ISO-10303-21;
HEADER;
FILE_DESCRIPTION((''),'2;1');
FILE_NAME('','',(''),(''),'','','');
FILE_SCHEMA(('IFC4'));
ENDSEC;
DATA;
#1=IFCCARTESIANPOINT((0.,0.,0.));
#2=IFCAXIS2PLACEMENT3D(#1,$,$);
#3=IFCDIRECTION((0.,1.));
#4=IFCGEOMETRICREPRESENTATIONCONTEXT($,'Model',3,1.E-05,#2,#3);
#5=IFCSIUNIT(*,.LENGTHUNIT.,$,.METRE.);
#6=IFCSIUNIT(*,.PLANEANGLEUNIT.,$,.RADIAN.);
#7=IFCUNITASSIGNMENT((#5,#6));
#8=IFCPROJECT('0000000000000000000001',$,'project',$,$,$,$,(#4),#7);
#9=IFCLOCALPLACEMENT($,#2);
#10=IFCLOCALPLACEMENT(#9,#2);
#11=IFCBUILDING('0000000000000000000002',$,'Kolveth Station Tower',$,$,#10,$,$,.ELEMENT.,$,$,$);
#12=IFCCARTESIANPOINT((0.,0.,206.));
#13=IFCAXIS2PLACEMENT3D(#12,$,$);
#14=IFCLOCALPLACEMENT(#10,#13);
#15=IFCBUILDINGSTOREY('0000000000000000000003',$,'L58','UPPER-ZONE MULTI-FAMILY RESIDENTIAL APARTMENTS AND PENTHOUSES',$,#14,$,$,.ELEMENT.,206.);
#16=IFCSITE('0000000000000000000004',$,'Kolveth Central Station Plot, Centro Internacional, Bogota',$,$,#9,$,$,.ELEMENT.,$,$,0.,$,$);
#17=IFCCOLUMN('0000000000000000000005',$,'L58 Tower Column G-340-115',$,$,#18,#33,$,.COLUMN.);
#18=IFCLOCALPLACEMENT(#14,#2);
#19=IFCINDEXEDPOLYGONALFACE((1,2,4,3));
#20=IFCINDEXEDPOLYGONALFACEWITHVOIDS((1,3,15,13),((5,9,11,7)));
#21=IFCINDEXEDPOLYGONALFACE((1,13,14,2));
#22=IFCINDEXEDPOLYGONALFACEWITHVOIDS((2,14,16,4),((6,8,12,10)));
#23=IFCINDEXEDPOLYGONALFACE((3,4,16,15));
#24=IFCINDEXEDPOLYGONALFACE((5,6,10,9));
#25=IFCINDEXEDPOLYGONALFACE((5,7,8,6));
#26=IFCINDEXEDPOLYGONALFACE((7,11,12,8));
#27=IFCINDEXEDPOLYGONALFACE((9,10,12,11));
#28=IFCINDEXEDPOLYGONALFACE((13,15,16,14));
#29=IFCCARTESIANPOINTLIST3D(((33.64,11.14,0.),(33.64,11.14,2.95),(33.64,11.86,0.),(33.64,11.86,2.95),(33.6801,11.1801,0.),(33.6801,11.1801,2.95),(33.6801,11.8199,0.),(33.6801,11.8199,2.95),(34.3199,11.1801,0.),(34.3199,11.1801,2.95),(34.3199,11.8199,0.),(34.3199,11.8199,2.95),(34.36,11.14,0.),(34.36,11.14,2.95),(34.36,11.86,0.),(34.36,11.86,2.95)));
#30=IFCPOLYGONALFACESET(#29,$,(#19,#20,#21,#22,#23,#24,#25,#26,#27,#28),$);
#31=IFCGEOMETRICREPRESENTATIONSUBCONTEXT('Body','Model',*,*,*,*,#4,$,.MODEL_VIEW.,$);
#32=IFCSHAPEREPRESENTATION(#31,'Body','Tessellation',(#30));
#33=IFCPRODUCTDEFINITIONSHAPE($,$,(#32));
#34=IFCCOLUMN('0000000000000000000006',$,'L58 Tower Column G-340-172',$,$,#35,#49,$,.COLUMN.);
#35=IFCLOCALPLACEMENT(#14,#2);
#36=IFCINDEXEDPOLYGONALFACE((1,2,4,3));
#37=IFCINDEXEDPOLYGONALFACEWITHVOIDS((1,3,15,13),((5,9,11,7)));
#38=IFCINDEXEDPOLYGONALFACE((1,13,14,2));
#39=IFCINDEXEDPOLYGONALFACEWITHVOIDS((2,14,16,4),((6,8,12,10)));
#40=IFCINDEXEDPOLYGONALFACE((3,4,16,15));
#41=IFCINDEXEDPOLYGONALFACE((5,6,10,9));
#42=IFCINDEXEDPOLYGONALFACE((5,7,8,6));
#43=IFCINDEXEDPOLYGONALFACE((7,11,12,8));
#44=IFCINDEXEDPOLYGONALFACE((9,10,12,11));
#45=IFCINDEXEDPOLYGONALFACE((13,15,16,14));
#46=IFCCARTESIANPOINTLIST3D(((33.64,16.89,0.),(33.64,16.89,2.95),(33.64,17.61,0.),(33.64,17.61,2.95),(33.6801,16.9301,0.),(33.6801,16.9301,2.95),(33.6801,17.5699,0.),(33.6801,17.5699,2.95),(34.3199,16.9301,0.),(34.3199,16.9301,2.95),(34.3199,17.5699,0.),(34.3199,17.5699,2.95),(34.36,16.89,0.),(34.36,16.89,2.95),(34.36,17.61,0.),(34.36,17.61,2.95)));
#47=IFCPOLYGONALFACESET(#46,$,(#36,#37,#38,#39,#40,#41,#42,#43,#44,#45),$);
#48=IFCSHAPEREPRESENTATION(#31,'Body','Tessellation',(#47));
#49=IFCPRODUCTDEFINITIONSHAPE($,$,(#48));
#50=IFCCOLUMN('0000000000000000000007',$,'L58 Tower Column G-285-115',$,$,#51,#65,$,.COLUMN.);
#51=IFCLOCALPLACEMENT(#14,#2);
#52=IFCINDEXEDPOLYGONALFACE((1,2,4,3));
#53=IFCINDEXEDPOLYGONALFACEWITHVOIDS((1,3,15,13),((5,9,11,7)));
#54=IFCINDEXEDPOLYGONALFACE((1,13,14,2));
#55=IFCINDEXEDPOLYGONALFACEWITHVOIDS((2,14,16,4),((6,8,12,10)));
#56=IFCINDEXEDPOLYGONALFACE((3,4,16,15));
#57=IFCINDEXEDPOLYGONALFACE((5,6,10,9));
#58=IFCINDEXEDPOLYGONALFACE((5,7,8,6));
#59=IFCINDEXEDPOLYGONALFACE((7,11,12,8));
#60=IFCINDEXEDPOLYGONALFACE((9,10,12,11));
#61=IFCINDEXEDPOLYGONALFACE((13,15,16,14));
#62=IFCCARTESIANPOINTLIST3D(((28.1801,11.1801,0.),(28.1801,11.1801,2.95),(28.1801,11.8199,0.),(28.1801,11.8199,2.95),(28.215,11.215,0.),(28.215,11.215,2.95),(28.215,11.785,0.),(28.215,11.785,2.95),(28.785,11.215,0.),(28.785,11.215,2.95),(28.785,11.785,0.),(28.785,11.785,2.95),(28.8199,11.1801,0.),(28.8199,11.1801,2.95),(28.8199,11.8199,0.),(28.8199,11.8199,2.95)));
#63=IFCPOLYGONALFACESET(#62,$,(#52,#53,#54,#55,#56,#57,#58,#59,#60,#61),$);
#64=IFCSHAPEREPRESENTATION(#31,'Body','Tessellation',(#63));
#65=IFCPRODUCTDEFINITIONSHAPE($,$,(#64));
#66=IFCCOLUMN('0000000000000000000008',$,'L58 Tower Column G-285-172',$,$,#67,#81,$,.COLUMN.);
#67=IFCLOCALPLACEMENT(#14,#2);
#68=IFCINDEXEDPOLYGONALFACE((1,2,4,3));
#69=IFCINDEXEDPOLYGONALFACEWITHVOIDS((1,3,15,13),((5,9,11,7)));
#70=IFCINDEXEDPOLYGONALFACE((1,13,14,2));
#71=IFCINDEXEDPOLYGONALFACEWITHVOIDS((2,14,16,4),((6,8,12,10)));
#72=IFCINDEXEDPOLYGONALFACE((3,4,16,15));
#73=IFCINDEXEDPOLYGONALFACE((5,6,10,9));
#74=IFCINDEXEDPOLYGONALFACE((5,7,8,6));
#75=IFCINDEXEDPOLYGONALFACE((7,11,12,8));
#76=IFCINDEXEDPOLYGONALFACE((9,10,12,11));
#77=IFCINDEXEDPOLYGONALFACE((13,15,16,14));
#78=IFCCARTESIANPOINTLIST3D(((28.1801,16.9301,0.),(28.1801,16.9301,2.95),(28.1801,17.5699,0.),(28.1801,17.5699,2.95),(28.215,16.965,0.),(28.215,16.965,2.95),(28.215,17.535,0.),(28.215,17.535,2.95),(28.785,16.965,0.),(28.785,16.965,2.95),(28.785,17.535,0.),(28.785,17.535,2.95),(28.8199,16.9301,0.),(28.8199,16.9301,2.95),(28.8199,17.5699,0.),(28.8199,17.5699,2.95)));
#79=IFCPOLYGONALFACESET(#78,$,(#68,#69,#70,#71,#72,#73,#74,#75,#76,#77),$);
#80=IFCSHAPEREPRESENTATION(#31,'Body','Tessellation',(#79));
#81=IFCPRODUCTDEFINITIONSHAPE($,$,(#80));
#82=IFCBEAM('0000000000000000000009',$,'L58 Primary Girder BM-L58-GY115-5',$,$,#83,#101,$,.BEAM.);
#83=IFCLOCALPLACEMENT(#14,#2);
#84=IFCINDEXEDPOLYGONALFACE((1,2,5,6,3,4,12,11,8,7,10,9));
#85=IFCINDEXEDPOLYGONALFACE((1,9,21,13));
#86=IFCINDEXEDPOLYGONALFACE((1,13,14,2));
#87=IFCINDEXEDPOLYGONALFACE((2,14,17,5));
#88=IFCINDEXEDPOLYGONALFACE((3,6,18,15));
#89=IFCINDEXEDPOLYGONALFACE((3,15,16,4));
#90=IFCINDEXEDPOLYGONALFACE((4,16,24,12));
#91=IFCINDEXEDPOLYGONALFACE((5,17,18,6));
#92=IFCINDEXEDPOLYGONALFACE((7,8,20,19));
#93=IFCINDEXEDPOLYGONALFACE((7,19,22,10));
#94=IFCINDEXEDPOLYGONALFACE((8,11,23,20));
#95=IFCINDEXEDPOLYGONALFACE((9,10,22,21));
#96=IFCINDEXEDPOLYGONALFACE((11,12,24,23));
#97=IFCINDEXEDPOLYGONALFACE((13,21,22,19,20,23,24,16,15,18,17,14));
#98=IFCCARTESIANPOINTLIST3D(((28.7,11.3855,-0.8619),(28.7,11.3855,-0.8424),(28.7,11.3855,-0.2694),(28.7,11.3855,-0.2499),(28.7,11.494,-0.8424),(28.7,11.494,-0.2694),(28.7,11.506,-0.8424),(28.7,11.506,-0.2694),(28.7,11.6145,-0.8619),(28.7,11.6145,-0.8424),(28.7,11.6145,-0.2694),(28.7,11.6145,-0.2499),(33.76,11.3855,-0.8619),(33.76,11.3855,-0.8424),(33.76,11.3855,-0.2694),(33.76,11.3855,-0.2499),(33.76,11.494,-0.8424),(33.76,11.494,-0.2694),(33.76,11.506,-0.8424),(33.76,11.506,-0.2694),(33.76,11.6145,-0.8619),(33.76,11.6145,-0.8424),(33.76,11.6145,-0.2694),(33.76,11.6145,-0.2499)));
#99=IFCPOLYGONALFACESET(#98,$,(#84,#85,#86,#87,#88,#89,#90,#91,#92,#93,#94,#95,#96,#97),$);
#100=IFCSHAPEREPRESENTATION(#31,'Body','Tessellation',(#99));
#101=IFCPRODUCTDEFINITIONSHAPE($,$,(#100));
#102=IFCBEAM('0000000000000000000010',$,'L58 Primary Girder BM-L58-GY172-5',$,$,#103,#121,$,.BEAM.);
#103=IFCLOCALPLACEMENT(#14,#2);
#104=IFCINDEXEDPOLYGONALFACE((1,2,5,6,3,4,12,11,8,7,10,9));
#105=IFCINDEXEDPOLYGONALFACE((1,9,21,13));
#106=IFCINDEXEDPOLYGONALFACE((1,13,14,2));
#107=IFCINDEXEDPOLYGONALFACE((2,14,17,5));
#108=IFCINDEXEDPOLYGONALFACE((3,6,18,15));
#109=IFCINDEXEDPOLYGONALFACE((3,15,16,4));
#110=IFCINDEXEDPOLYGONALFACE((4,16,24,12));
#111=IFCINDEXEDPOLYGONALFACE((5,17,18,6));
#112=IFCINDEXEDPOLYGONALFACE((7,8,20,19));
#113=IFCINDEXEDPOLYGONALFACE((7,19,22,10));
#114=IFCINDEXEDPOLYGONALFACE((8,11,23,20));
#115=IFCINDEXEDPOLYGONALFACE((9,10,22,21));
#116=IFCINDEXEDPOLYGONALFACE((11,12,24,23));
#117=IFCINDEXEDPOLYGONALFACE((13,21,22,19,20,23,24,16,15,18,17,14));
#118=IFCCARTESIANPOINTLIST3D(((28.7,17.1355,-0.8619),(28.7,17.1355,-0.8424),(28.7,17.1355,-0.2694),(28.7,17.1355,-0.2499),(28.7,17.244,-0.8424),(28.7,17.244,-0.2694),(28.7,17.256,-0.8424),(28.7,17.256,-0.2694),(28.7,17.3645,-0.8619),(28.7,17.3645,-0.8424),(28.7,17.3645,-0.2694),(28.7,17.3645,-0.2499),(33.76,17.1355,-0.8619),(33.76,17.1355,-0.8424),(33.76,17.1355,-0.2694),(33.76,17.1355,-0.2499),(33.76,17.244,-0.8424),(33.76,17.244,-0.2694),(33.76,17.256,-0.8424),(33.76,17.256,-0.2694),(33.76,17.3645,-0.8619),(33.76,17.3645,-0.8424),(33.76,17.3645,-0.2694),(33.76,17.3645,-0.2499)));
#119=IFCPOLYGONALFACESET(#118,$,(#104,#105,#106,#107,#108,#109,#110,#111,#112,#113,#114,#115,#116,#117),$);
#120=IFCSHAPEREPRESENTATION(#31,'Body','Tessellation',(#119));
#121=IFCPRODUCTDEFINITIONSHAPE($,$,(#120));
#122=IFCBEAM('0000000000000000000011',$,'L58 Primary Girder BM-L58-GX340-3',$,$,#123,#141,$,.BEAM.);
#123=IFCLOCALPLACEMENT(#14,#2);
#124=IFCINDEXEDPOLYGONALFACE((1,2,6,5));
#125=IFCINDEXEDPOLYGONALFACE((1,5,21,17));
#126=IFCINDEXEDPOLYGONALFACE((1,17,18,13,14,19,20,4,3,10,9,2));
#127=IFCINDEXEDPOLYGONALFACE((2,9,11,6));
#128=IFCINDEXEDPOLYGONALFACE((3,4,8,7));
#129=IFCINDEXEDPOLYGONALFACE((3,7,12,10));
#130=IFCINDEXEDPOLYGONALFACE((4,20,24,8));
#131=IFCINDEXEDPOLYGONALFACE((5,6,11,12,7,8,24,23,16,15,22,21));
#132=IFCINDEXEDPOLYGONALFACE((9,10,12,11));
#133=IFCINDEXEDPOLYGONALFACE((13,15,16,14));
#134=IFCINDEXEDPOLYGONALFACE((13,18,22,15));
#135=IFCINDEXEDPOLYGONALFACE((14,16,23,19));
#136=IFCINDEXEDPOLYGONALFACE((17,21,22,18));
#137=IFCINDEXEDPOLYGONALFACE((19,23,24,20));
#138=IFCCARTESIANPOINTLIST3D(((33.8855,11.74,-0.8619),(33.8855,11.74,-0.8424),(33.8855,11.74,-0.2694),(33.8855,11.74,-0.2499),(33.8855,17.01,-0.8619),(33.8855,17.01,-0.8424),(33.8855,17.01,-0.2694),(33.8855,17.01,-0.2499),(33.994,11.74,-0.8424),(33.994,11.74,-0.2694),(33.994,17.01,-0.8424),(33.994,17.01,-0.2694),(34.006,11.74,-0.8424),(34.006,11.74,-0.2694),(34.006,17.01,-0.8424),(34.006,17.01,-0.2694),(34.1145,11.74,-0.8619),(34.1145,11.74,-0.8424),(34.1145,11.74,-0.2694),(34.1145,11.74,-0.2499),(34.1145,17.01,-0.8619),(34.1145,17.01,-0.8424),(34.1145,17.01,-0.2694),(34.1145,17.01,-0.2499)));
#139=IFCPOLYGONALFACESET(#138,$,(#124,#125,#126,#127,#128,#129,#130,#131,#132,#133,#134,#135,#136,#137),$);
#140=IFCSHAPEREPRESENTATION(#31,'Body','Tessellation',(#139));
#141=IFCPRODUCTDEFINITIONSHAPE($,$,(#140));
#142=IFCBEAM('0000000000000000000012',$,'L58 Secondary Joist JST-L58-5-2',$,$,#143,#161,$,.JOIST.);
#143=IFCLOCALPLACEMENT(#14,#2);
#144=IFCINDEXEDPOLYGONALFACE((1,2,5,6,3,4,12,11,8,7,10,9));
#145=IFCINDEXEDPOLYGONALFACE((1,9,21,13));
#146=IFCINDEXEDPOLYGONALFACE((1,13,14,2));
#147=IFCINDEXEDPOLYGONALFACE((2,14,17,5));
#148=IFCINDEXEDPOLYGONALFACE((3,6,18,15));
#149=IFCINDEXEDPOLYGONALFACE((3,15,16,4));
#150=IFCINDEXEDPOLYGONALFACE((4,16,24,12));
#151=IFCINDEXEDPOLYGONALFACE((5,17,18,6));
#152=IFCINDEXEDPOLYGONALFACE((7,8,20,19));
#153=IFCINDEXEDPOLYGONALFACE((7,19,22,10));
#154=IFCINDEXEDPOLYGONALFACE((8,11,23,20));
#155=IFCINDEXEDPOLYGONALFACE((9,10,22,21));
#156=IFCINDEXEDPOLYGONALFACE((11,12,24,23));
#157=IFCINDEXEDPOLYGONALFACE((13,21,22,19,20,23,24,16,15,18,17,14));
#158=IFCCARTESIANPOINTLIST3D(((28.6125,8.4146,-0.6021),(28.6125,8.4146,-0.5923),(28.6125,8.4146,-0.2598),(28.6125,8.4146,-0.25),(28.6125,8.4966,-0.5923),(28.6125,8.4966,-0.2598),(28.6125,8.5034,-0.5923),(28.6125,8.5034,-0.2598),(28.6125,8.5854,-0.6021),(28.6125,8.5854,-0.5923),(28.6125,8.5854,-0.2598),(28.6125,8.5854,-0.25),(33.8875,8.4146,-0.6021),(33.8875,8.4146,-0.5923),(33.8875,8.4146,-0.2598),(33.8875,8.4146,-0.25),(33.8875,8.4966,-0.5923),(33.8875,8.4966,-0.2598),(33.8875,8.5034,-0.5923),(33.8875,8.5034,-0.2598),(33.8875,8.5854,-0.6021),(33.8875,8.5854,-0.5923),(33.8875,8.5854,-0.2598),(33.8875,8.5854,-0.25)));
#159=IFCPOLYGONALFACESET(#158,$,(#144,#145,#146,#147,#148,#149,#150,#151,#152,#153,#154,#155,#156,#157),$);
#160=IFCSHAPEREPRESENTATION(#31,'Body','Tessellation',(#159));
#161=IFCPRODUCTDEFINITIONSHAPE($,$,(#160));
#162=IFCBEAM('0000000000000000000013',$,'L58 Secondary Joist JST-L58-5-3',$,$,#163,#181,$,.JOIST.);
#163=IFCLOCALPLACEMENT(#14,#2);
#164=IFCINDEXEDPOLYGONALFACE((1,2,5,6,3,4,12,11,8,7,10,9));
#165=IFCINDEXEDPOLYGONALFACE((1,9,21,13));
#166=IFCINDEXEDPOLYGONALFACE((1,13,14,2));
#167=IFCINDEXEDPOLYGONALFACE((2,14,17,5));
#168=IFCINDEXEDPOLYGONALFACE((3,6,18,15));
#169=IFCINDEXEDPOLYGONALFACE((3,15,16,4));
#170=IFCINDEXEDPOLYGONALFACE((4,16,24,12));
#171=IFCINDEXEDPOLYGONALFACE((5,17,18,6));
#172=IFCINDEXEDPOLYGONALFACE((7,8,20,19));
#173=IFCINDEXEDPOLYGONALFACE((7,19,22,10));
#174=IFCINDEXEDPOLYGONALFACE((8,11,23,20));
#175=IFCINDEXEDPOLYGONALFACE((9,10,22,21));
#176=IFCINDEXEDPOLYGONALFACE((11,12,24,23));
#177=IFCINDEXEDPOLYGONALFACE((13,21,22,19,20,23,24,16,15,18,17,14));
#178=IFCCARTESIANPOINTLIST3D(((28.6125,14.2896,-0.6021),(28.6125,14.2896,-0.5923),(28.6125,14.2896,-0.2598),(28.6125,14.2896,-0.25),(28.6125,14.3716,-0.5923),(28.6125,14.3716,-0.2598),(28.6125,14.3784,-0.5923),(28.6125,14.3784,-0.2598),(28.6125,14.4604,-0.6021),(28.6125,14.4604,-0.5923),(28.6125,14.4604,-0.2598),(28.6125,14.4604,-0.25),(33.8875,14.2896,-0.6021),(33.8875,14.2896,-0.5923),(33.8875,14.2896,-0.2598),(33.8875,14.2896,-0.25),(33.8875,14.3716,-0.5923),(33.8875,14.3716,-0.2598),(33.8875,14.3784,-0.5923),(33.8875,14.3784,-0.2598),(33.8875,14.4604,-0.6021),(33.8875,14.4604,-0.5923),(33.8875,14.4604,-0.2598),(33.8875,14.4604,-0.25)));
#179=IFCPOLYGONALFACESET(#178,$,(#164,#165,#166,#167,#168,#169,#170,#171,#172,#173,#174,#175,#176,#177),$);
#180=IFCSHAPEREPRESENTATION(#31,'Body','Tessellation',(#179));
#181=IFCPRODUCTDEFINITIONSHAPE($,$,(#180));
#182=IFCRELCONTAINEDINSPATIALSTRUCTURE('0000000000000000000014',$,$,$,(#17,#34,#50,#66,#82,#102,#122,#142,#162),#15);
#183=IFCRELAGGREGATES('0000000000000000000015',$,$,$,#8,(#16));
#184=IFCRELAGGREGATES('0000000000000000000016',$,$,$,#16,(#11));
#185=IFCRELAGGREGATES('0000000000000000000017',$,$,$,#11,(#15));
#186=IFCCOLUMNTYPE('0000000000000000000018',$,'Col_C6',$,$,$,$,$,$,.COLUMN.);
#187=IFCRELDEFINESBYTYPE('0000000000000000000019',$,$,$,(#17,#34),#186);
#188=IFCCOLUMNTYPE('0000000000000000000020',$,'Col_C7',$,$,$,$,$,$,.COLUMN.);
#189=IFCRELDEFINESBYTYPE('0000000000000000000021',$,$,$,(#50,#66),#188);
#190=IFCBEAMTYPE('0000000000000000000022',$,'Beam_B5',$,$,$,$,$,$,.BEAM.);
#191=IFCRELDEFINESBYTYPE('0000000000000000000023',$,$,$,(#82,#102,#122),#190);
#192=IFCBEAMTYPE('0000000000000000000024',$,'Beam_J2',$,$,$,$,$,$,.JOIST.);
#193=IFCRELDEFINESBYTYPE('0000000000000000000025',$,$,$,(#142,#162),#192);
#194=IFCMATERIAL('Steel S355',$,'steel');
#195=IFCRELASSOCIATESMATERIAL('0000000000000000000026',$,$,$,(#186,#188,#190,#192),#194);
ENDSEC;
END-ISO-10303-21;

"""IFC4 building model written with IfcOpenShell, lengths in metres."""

from ifc_helpers import new_model, si_unit, direction, frame, origin, origin_2d, place, context, subcontext, project, spatial, hollow_rectangle, i_section, extrude, source, transform, mapped, material, material_profile, profile_set, type_object, element, save


model = new_model("IFC4")

# Units and contexts
model_context = context("Model", 3, precision=1e-05, world=origin(), true_north=direction((0.0, 1.0)))
body_context = subcontext(model_context, "Body", "Model", "MODEL_VIEW")
ifc_project = project(units=[si_unit("LENGTHUNIT", "METRE"), si_unit("PLANEANGLEUNIT", "RADIAN")], contexts=[model_context])

# Site, building, storey
site_placement = place(None, origin())
site = spatial("IfcSite", under=ifc_project, at=site_placement, Name="Kolveth Central Station Plot, Centro Internacional, Bogota", CompositionType="ELEMENT", RefElevation=0.0)
building_placement = place(site_placement, origin())
building = spatial("IfcBuilding", under=site, at=building_placement, Name="Kolveth Station Tower", CompositionType="ELEMENT")
storey_placement = place(building_placement, frame((0.0, 0.0, 206.0)))
storey = spatial("IfcBuildingStorey", under=building, at=storey_placement, Name="L58", Description="UPPER-ZONE MULTI-FAMILY RESIDENTIAL APARTMENTS AND PENTHOUSES", CompositionType="ELEMENT", Elevation=206.0)

# Columns
ifc_material_1 = material(Name="Steel S355", Category="steel")
ifc_material_profile_1 = material_profile(ifc_material_1, hollow_rectangle(XDim=0.72, YDim=0.72, WallThickness=0.04, at=origin_2d()), Name="BOX720x720x40")
ifc_profile_set_1 = profile_set([ifc_material_profile_1], Name="Steel S355")
column_type_1 = type_object("IfcColumnType", Name="Col_C6", PredefinedType="COLUMN", material=ifc_profile_set_1)
shared_shape_1 = source(origin(), body_context, "Body", "SweptSolid", [
    extrude(hollow_rectangle(XDim=0.72, YDim=0.72, WallThickness=0.04, at=origin_2d()), origin(), (0.0, 0.0, 1.0), 2.95),
])
for number, where, z_axis, x_axis, name in (
    (1, (34.0, 11.5, 0.0), (0.0, 0.0, 1.0), (1.0, 0.0, 0.0), "L58 Tower Column G-340-115"),
    (2, (34.0, 17.25, 0.0), (0.0, 0.0, 1.0), (1.0, 0.0, 0.0), "L58 Tower Column G-340-172"),
):
    element("IfcColumn", number, at=place(storey_placement, frame(where, z_axis=z_axis, x_axis=x_axis)), inside=storey, type_object=column_type_1, Name=name, PredefinedType="COLUMN", context=body_context, shape_type="MappedRepresentation", body=[
        mapped(shared_shape_1, transform((0.0, 0.0, 0.0), x_axis=(1.0, 0.0, 0.0), y_axis=(0.0, 1.0, 0.0), z_axis=(0.0, 0.0, 1.0), scale=1.0)),
    ])
ifc_material_profile_2 = material_profile(ifc_material_1, hollow_rectangle(XDim=0.6399, YDim=0.6399, WallThickness=0.0349, at=origin_2d()), Name="BOX640x640x35")
ifc_profile_set_2 = profile_set([ifc_material_profile_2], Name="Steel S355")
column_type_2 = type_object("IfcColumnType", Name="Col_C7", PredefinedType="COLUMN", material=ifc_profile_set_2)
shared_shape_2 = source(origin(), body_context, "Body", "SweptSolid", [
    extrude(hollow_rectangle(XDim=0.6399, YDim=0.6399, WallThickness=0.0349, at=origin_2d()), origin(), (0.0, 0.0, 1.0), 2.95),
])
for number, where, z_axis, x_axis, name in (
    (3, (28.5, 11.5, 0.0), (0.0, 0.0, 1.0), (1.0, 0.0, 0.0), "L58 Tower Column G-285-115"),
    (4, (28.5, 17.25, 0.0), (0.0, 0.0, 1.0), (1.0, 0.0, 0.0), "L58 Tower Column G-285-172"),
):
    element("IfcColumn", number, at=place(storey_placement, frame(where, z_axis=z_axis, x_axis=x_axis)), inside=storey, type_object=column_type_2, Name=name, PredefinedType="COLUMN", context=body_context, shape_type="MappedRepresentation", body=[
        mapped(shared_shape_2, transform((0.0, 0.0, 0.0), x_axis=(1.0, 0.0, 0.0), y_axis=(0.0, 1.0, 0.0), z_axis=(0.0, 0.0, 1.0), scale=1.0)),
    ])

# Beams
ifc_material_profile_3 = material_profile(ifc_material_1, i_section(OverallWidth=0.229, OverallDepth=0.6121, WebThickness=0.012, FlangeThickness=0.0195, at=origin_2d()), Name="W610x125")
ifc_profile_set_3 = profile_set([ifc_material_profile_3], Name="Steel S355")
beam_type_1 = type_object("IfcBeamType", Name="Beam_B5", PredefinedType="BEAM", material=ifc_profile_set_3)
shared_shape_3 = source(origin(), body_context, "Body", "SweptSolid", [
    extrude(i_section(OverallWidth=0.229, OverallDepth=0.6121, WebThickness=0.012, FlangeThickness=0.0195, at=origin_2d()), origin(), (0.0, 0.0, 1.0), 5.0601),
])
for number, where, z_axis, x_axis, name in (
    (5, (28.7, 11.5, -0.5559), (1.0, 0.0, 0.0), (0.0, 1.0, 0.0), "L58 Primary Girder BM-L58-GY115-5"),
    (6, (28.7, 17.25, -0.5559), (1.0, 0.0, 0.0), (0.0, 1.0, 0.0), "L58 Primary Girder BM-L58-GY172-5"),
):
    element("IfcBeam", number, at=place(storey_placement, frame(where, z_axis=z_axis, x_axis=x_axis)), inside=storey, type_object=beam_type_1, Name=name, PredefinedType="BEAM", context=body_context, shape_type="MappedRepresentation", body=[
        mapped(shared_shape_3, transform((0.0, 0.0, 0.0), x_axis=(1.0, 0.0, 0.0), y_axis=(0.0, 1.0, 0.0), z_axis=(0.0, 0.0, 1.0), scale=1.0)),
    ])
shared_shape_4 = source(origin(), body_context, "Body", "SweptSolid", [
    extrude(i_section(OverallWidth=0.229, OverallDepth=0.6121, WebThickness=0.012, FlangeThickness=0.0195, at=origin_2d()), origin(), (0.0, 0.0, 1.0), 5.27),
])
beam_1_placement = place(storey_placement, frame((34.0, 11.74, -0.5559), z_axis=(0.0, 1.0, 0.0), x_axis=(-1.0, 0.0, 0.0)))
element("IfcBeam", 7, at=beam_1_placement, inside=storey, type_object=beam_type_1, Name="L58 Primary Girder BM-L58-GX340-3", PredefinedType="BEAM", context=body_context, shape_type="MappedRepresentation", body=[
    mapped(shared_shape_4, transform((0.0, 0.0, 0.0), x_axis=(1.0, 0.0, 0.0), y_axis=(0.0, 1.0, 0.0), z_axis=(0.0, 0.0, 1.0), scale=1.0)),
])
ifc_material_profile_4 = material_profile(ifc_material_1, i_section(OverallWidth=0.1709, OverallDepth=0.3521, WebThickness=0.0068, FlangeThickness=0.0098, at=origin_2d()), Name="W360x44")
ifc_profile_set_4 = profile_set([ifc_material_profile_4], Name="Steel S355")
beam_type_2 = type_object("IfcBeamType", Name="Beam_J2", PredefinedType="JOIST", material=ifc_profile_set_4)
shared_shape_5 = source(origin(), body_context, "Body", "SweptSolid", [
    extrude(i_section(OverallWidth=0.1709, OverallDepth=0.3521, WebThickness=0.0068, FlangeThickness=0.0098, at=origin_2d()), origin(), (0.0, 0.0, 1.0), 5.2749),
])
for number, where, z_axis, x_axis, name in (
    (8, (28.6125, 8.5, -0.426), (1.0, 0.0, 0.0), (0.0, 1.0, 0.0), "L58 Secondary Joist JST-L58-5-2"),
    (9, (28.6125, 14.375, -0.426), (1.0, 0.0, 0.0), (0.0, 1.0, 0.0), "L58 Secondary Joist JST-L58-5-3"),
):
    element("IfcBeam", number, at=place(storey_placement, frame(where, z_axis=z_axis, x_axis=x_axis)), inside=storey, type_object=beam_type_2, Name=name, PredefinedType="JOIST", context=body_context, shape_type="MappedRepresentation", body=[
        mapped(shared_shape_5, transform((0.0, 0.0, 0.0), x_axis=(1.0, 0.0, 0.0), y_axis=(0.0, 1.0, 0.0), z_axis=(0.0, 0.0, 1.0), scale=1.0)),
    ])

save(model, "model.ifc")
